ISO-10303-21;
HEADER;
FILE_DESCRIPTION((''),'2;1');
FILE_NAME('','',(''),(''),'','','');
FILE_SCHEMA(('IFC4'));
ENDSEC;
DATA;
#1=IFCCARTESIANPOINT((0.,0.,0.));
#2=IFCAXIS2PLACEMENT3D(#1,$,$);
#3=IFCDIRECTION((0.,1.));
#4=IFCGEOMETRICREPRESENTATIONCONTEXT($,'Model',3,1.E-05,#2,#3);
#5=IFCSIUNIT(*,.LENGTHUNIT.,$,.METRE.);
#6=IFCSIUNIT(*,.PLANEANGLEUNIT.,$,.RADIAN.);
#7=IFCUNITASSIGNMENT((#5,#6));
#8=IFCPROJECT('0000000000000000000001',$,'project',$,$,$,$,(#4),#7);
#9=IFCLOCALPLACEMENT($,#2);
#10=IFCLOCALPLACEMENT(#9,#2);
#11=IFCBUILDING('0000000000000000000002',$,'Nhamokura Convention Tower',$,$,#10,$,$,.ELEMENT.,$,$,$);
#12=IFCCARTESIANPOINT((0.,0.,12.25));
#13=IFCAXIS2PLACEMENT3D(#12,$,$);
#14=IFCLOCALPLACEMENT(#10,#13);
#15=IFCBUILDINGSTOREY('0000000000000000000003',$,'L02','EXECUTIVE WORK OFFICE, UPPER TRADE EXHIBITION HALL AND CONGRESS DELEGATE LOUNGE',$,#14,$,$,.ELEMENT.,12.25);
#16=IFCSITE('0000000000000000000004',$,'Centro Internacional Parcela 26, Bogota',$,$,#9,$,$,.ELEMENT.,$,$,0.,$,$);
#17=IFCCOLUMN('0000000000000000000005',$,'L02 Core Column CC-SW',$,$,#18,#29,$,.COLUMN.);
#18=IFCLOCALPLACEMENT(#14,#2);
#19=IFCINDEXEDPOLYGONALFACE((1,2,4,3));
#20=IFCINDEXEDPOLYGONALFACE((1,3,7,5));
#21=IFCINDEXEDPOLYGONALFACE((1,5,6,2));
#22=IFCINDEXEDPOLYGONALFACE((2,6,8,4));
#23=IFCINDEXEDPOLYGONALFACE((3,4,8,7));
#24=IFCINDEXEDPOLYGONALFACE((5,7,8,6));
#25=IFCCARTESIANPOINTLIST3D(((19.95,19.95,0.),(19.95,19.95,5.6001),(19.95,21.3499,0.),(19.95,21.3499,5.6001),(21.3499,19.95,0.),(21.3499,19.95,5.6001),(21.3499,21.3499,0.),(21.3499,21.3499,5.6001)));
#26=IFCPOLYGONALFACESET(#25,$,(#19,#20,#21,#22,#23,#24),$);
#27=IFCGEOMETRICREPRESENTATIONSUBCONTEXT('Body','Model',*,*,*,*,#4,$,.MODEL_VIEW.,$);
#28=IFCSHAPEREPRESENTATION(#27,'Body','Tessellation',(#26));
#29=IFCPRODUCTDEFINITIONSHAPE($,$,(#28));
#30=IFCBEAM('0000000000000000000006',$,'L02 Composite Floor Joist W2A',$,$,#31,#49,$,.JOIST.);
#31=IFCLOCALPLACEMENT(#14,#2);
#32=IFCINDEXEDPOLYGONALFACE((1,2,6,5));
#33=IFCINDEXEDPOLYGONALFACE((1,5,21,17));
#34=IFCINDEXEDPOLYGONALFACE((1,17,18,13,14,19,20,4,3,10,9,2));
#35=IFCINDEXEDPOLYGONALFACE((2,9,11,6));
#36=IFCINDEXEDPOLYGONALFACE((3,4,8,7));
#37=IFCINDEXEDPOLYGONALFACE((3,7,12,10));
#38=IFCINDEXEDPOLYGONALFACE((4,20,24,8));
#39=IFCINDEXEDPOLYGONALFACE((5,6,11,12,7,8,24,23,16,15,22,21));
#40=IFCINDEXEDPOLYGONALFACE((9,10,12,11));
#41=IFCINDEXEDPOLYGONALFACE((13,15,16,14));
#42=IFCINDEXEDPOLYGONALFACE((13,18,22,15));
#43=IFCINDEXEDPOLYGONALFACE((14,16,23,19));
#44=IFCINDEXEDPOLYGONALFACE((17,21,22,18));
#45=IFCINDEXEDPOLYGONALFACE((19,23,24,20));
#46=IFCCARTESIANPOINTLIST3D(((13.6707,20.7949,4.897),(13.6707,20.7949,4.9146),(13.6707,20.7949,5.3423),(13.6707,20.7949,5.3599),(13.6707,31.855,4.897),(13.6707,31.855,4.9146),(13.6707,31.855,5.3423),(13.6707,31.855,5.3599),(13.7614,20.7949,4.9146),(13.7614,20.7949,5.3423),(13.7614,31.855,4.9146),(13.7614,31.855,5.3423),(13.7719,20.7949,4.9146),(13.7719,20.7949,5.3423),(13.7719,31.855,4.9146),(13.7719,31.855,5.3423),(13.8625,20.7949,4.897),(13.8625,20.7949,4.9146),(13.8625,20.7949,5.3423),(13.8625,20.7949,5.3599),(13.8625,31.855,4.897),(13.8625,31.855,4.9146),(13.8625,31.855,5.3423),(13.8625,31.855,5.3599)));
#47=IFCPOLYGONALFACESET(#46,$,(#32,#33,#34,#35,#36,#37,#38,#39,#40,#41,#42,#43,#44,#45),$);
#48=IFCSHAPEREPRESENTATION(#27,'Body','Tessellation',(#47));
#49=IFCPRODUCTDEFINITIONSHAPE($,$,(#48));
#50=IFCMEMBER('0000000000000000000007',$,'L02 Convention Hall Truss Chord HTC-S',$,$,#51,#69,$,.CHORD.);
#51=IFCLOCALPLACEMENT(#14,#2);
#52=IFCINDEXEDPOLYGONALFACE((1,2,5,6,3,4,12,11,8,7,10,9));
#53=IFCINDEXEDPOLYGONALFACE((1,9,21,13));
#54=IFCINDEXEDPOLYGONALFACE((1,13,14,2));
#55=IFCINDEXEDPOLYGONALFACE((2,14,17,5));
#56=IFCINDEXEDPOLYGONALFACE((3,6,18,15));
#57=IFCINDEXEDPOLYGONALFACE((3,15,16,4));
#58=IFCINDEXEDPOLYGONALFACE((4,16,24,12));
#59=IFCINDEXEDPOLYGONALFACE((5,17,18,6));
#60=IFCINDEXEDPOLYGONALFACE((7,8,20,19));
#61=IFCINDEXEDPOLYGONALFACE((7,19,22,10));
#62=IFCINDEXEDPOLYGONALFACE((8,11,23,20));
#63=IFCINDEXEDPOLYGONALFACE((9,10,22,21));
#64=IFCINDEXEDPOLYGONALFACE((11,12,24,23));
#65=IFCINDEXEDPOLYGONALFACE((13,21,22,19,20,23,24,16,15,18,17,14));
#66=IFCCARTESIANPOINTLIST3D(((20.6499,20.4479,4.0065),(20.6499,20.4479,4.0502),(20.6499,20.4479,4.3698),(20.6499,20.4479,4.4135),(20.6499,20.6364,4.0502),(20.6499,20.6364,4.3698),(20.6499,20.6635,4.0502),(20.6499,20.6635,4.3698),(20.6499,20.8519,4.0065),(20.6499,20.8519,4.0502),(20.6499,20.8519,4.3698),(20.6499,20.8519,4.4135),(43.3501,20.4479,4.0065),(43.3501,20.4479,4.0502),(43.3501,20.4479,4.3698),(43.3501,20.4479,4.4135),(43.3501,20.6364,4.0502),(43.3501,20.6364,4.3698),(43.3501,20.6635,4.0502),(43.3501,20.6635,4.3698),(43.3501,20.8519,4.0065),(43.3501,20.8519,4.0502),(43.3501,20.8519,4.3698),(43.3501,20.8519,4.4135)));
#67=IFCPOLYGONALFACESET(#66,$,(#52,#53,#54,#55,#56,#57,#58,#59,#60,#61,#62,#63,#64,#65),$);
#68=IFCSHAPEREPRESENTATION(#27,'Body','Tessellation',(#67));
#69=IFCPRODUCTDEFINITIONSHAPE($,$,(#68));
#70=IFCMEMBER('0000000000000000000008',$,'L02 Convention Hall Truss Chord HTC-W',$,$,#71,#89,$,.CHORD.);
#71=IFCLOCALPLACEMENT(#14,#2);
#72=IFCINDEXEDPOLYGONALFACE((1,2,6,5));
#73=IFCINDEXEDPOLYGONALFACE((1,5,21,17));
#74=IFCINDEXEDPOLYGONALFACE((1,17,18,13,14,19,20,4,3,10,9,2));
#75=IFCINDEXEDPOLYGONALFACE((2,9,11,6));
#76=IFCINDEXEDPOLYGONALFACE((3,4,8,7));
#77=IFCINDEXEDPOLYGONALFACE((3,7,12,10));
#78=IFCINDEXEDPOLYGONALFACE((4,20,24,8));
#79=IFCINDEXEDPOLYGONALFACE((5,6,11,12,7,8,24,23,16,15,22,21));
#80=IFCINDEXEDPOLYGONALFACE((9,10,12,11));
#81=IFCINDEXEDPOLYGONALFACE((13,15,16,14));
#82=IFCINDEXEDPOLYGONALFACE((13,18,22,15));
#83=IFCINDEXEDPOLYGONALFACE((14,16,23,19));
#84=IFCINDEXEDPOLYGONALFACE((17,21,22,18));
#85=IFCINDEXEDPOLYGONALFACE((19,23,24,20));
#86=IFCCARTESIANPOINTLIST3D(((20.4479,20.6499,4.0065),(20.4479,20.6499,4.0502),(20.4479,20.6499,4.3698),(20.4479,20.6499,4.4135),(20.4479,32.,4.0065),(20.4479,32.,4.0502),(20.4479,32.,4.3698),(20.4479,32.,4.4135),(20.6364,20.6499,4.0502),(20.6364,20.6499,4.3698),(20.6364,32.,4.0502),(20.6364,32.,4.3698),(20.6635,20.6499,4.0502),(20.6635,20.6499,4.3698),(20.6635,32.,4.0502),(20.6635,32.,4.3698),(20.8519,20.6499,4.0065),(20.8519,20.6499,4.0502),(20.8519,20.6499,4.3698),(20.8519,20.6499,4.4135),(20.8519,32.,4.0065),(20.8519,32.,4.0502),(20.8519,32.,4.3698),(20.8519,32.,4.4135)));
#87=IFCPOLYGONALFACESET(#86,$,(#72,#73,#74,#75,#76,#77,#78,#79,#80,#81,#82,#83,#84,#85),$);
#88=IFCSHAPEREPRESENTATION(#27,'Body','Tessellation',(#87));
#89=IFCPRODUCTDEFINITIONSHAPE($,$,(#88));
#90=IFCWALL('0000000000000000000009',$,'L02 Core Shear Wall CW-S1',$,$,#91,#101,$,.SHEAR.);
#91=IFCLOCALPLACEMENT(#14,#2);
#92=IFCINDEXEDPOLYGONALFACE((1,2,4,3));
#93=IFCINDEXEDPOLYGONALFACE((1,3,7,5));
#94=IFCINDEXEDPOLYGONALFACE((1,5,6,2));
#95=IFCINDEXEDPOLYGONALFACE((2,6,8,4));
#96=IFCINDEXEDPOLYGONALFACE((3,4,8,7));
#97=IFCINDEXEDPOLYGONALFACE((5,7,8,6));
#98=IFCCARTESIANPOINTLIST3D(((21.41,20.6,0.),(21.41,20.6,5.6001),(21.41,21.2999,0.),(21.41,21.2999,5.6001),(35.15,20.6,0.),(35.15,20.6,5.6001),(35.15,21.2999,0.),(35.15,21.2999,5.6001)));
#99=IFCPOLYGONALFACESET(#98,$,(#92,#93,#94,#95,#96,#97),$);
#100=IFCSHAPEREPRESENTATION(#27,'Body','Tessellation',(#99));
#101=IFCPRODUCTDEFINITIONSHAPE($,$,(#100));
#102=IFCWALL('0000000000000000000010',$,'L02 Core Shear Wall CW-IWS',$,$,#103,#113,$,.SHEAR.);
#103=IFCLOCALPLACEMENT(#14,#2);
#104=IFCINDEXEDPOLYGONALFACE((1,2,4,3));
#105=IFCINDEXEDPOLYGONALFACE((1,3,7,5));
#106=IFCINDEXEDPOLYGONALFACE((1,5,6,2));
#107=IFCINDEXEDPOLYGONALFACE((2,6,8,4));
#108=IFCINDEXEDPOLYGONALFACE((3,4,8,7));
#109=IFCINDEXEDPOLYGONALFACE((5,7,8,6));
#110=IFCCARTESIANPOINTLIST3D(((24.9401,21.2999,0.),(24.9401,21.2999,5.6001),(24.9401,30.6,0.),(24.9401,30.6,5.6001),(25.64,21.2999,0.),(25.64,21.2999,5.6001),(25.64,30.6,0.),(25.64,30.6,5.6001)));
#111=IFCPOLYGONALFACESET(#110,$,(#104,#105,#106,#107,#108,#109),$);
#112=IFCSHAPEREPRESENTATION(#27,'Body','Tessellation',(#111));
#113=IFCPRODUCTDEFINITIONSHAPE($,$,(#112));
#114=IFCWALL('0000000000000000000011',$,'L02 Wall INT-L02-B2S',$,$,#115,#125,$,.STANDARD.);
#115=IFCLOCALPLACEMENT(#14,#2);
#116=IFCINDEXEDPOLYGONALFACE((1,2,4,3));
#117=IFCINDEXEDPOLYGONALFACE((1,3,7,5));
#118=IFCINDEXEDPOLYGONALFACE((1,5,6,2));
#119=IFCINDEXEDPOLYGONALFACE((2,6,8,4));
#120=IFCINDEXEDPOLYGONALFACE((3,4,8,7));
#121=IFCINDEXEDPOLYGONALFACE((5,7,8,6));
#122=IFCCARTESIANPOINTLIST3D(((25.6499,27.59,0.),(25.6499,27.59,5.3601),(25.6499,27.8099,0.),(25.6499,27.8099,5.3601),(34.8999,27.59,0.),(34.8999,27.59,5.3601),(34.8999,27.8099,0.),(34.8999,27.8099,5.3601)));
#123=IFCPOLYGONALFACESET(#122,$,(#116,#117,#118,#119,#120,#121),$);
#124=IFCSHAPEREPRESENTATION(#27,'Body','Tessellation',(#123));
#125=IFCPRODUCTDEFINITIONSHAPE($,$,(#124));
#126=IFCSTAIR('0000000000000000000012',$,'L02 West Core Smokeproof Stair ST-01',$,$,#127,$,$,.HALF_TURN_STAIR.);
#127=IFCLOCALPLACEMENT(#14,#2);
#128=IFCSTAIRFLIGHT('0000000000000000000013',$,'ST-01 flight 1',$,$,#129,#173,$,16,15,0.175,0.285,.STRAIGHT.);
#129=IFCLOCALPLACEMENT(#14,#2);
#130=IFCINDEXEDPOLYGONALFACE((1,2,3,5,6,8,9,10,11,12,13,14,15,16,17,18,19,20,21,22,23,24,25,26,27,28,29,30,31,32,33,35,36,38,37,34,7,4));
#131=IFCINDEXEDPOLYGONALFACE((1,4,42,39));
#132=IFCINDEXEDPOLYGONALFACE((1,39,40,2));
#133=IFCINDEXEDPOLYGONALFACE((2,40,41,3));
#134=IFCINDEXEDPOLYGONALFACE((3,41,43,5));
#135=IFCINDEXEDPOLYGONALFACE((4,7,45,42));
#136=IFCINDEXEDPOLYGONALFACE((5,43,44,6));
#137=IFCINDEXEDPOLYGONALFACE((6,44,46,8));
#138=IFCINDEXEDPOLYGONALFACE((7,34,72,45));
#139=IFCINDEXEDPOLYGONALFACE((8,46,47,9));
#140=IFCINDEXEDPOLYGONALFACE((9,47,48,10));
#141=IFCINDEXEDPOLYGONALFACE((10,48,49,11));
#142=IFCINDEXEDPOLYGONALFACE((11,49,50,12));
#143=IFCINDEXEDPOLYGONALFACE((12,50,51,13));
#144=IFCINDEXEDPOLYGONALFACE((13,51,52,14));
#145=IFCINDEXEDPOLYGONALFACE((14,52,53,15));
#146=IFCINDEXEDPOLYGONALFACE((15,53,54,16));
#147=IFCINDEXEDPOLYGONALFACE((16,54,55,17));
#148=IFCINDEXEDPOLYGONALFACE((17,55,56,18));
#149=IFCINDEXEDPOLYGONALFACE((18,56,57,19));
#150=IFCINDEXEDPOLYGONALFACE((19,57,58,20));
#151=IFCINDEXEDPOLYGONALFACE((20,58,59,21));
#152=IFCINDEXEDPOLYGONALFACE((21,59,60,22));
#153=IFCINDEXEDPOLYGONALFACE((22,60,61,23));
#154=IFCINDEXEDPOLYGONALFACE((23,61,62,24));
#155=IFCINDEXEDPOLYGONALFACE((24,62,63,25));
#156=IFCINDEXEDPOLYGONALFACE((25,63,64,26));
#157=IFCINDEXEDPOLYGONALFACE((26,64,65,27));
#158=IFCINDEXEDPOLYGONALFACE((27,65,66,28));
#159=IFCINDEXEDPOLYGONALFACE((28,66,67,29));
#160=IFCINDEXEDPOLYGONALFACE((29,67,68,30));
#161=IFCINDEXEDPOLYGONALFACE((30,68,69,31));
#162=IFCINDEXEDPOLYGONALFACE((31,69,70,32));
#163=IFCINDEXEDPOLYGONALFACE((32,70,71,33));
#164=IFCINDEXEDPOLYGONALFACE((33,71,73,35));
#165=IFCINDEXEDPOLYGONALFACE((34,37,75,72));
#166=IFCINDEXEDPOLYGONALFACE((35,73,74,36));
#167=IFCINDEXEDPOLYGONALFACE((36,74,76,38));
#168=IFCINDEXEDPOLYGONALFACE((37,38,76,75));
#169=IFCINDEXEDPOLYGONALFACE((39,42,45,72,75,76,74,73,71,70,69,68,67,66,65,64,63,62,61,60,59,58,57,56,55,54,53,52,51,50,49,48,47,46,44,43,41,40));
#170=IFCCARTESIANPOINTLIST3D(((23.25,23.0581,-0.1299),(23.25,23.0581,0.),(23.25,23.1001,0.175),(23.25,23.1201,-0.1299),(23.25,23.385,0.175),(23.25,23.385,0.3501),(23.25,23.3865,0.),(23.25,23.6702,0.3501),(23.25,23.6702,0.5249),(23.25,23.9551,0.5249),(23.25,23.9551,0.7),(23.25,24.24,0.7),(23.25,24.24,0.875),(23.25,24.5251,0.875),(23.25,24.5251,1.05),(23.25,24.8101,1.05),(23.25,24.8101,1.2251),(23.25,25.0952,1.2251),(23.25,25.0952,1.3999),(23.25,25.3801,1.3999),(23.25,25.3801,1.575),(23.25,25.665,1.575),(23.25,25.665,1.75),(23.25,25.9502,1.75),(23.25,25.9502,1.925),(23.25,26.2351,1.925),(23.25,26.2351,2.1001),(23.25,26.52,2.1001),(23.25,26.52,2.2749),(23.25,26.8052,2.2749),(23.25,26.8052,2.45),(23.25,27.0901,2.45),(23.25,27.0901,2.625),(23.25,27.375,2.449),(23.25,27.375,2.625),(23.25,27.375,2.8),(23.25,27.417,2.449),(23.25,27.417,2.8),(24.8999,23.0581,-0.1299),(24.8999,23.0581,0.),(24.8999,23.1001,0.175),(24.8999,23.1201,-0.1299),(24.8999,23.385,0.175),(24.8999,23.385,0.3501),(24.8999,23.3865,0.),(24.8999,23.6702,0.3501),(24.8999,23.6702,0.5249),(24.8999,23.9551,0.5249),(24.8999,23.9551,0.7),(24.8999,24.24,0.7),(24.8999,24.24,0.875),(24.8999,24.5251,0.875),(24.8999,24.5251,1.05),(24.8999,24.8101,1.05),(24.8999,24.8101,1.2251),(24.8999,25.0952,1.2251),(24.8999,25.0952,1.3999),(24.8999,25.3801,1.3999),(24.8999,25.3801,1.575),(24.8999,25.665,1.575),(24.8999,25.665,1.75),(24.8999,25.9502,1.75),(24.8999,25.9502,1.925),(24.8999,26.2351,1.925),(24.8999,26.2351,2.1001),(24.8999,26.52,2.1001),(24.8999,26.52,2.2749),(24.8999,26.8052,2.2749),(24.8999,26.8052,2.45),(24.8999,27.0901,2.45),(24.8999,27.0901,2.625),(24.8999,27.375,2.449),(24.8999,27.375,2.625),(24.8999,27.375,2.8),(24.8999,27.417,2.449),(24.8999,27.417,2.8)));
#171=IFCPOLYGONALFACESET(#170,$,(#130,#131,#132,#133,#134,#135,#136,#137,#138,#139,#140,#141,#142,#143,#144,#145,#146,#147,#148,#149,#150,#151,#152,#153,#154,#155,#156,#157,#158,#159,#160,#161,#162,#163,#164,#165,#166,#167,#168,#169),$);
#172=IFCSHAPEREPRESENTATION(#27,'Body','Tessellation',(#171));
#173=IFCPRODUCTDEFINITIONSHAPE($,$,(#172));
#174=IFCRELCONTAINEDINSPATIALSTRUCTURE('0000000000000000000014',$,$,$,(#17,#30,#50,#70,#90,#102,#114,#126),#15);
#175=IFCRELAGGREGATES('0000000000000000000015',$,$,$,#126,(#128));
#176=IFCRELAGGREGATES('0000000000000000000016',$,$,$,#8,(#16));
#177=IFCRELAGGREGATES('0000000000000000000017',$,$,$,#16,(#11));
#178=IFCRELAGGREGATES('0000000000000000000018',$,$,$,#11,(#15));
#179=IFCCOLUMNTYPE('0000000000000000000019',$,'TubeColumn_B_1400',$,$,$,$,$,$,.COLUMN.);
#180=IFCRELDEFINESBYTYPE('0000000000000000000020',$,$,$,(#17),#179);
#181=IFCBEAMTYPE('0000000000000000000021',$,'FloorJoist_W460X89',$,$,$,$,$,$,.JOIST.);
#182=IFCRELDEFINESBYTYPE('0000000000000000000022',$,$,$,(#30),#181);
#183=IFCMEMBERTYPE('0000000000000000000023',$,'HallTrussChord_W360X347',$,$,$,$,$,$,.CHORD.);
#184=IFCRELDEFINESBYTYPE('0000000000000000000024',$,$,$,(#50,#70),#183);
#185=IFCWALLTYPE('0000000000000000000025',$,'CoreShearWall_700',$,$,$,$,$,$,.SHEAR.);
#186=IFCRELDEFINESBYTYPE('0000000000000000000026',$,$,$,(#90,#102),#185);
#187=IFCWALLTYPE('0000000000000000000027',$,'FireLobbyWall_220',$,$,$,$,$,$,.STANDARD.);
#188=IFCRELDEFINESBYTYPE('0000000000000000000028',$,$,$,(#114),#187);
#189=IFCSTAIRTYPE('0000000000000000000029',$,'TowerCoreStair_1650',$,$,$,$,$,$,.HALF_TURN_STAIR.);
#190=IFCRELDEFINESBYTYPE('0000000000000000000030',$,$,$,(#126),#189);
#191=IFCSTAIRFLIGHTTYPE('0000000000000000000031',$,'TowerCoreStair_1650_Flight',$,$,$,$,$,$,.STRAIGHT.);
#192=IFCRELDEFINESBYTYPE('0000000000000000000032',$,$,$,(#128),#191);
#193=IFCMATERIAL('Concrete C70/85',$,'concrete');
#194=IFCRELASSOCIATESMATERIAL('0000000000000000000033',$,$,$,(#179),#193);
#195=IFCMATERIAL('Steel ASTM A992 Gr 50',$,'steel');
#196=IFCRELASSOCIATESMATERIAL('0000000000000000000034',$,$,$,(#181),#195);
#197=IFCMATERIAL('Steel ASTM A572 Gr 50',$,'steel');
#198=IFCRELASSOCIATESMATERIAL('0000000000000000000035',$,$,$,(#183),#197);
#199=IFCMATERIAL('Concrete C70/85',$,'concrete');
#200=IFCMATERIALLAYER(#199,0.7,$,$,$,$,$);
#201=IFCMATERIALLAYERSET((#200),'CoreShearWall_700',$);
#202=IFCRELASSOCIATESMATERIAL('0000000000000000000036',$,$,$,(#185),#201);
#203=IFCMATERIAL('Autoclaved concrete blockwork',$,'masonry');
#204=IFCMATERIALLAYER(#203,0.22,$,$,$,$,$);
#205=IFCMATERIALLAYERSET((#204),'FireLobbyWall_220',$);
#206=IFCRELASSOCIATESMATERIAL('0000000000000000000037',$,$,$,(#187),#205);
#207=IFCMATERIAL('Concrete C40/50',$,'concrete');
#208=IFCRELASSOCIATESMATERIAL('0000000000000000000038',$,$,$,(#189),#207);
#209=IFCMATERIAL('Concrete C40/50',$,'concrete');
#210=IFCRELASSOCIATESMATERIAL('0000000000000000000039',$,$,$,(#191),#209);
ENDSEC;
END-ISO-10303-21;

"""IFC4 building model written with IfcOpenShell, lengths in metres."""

from ifc_helpers import new_model, si_unit, direction, frame, frame_2d, origin, origin_2d, place, context, subcontext, project, spatial, polyline, rectangle, i_section, outline, extrude, material, layer, layer_set, material_profile, profile_set, type_object, element, aggregate, save


model = new_model("IFC4")

# Units and contexts
model_context = context("Model", 3, precision=1e-05, world=origin(), true_north=direction((0.0, 1.0)))
body_context = subcontext(model_context, "Body", "Model", "MODEL_VIEW")
ifc_project = project(units=[si_unit("LENGTHUNIT", "METRE"), si_unit("PLANEANGLEUNIT", "RADIAN")], contexts=[model_context])

# Site, building, storey
site_placement = place(None, origin())
site = spatial("IfcSite", under=ifc_project, at=site_placement, Name="Centro Internacional Parcela 26, Bogota", CompositionType="ELEMENT", RefElevation=0.0)
building_placement = place(site_placement, origin())
building = spatial("IfcBuilding", under=site, at=building_placement, Name="Nhamokura Convention Tower", CompositionType="ELEMENT")
storey_placement = place(building_placement, frame((0.0, 0.0, 12.25)))
storey = spatial("IfcBuildingStorey", under=building, at=storey_placement, Name="L02", Description="EXECUTIVE WORK OFFICE, UPPER TRADE EXHIBITION HALL AND CONGRESS DELEGATE LOUNGE", CompositionType="ELEMENT", Elevation=12.25)

# Column
ifc_material_1 = material(Name="Concrete C70/85", Category="concrete")
ifc_material_profile_1 = material_profile(ifc_material_1, rectangle(XDim=1.3999, YDim=1.3999, at=origin_2d()))
ifc_profile_set_1 = profile_set([ifc_material_profile_1], Name="Concrete C70/85")
column_type = type_object("IfcColumnType", Name="TubeColumn_B_1400", PredefinedType="COLUMN", material=ifc_profile_set_1)
column_placement = place(storey_placement, frame((20.6499, 20.6499, 0.0), z_axis=(0.0, 0.0, 1.0), x_axis=(1.0, 0.0, 0.0)))
element("IfcColumn", 1, at=column_placement, inside=storey, type_object=column_type, Name="L02 Core Column CC-SW", PredefinedType="COLUMN", context=body_context, shape_type="SweptSolid", body=[
    extrude(rectangle(XDim=1.3999, YDim=1.3999, at=origin_2d()), origin(), (0.0, 0.0, 1.0), 5.6001),
])

# Beam
ifc_material_2 = material(Name="Steel ASTM A992 Gr 50", Category="steel")
ifc_material_profile_2 = material_profile(ifc_material_2, i_section(OverallWidth=0.1919, OverallDepth=0.4629, WebThickness=0.0105, FlangeThickness=0.0176, at=origin_2d()))
ifc_profile_set_2 = profile_set([ifc_material_profile_2], Name="Steel ASTM A992 Gr 50")
beam_type = type_object("IfcBeamType", Name="FloorJoist_W460X89", PredefinedType="JOIST", material=ifc_profile_set_2)
beam_placement = place(storey_placement, frame((13.7666, 20.7949, 5.1284), z_axis=(0.0, 1.0, 0.0), x_axis=(-1.0, 0.0, 0.0)))
element("IfcBeam", 2, at=beam_placement, inside=storey, type_object=beam_type, Name="L02 Composite Floor Joist W2A", PredefinedType="JOIST", context=body_context, shape_type="SweptSolid", body=[
    extrude(i_section(OverallWidth=0.1919, OverallDepth=0.4629, WebThickness=0.0105, FlangeThickness=0.0176, at=origin_2d()), origin(), (0.0, 0.0, 1.0), 11.0601),
])

# Members
ifc_material_3 = material(Name="Steel ASTM A572 Gr 50", Category="steel")
ifc_material_profile_3 = material_profile(ifc_material_3, i_section(OverallWidth=0.4041, OverallDepth=0.407, WebThickness=0.0271, FlangeThickness=0.0437, at=origin_2d()))
ifc_profile_set_3 = profile_set([ifc_material_profile_3], Name="Steel ASTM A572 Gr 50")
member_type = type_object("IfcMemberType", Name="HallTrussChord_W360X347", PredefinedType="CHORD", material=ifc_profile_set_3)
member_1_placement = place(storey_placement, frame((20.6499, 20.6499, 4.21), z_axis=(1.0, 0.0, 0.0), x_axis=(0.0, 1.0, 0.0)))
element("IfcMember", 3, at=member_1_placement, inside=storey, type_object=member_type, Name="L02 Convention Hall Truss Chord HTC-S", PredefinedType="CHORD", context=body_context, shape_type="SweptSolid", body=[
    extrude(i_section(OverallWidth=0.4041, OverallDepth=0.407, WebThickness=0.0271, FlangeThickness=0.0437, at=origin_2d()), origin(), (0.0, 0.0, 1.0), 22.7002),
])
member_2_placement = place(storey_placement, frame((20.6499, 20.6499, 4.21), z_axis=(0.0, 1.0, 0.0), x_axis=(-1.0, 0.0, 0.0)))
element("IfcMember", 4, at=member_2_placement, inside=storey, type_object=member_type, Name="L02 Convention Hall Truss Chord HTC-W", PredefinedType="CHORD", context=body_context, shape_type="SweptSolid", body=[
    extrude(i_section(OverallWidth=0.4041, OverallDepth=0.407, WebThickness=0.0271, FlangeThickness=0.0437, at=origin_2d()), origin(), (0.0, 0.0, 1.0), 11.3501),
])

# Shared definitions
ifc_material_4 = material(Name="Concrete C70/85", Category="concrete")
ifc_layer_1 = layer(ifc_material_4, 0.7)
ifc_layer_set_1 = layer_set([ifc_layer_1], Name="CoreShearWall_700")
wall_type_1 = type_object("IfcWallType", Name="CoreShearWall_700", PredefinedType="SHEAR", material=ifc_layer_set_1)

# Walls
wall_1_placement = place(storey_placement, frame((21.4099, 20.95, 0.0), z_axis=(0.0, 0.0, 1.0), x_axis=(1.0, 0.0, 0.0)))
element("IfcWall", 5, at=wall_1_placement, inside=storey, type_object=wall_type_1, Name="L02 Core Shear Wall CW-S1", PredefinedType="SHEAR", context=body_context, shape_type="SweptSolid", body=[
    extrude(rectangle(XDim=13.74, YDim=0.7, at=frame_2d((6.8701, 0.0))), origin(), (0.0, 0.0, 1.0), 5.6001),
])
wall_2_placement = place(storey_placement, frame((25.29, 21.3, 0.0), z_axis=(0.0, 0.0, 1.0), x_axis=(0.0, 1.0, 0.0)))
element("IfcWall", 6, at=wall_2_placement, inside=storey, type_object=wall_type_1, Name="L02 Core Shear Wall CW-IWS", PredefinedType="SHEAR", context=body_context, shape_type="SweptSolid", body=[
    extrude(rectangle(XDim=9.3, YDim=0.7, at=frame_2d((4.6499, 0.0))), origin(), (0.0, 0.0, 1.0), 5.6001),
])

# Shared definitions
ifc_material_5 = material(Name="Autoclaved concrete blockwork", Category="masonry")
ifc_layer_2 = layer(ifc_material_5, 0.22)
ifc_layer_set_2 = layer_set([ifc_layer_2], Name="FireLobbyWall_220")
wall_type_2 = type_object("IfcWallType", Name="FireLobbyWall_220", PredefinedType="STANDARD", material=ifc_layer_set_2)

# Wall
wall_3_placement = place(storey_placement, frame((25.6499, 27.7, 0.0), z_axis=(0.0, 0.0, 1.0), x_axis=(1.0, 0.0, 0.0)))
element("IfcWall", 7, at=wall_3_placement, inside=storey, type_object=wall_type_2, Name="L02 Wall INT-L02-B2S", PredefinedType="STANDARD", context=body_context, shape_type="SweptSolid", body=[
    extrude(rectangle(XDim=9.25, YDim=0.22, at=frame_2d((4.625, 0.0))), origin(), (0.0, 0.0, 1.0), 5.3601),
])

# Stair, stair flight
ifc_material_6 = material(Name="Concrete C40/50", Category="concrete")
stair_type = type_object("IfcStairType", Name="TowerCoreStair_1650", PredefinedType="HALF_TURN_STAIR", material=ifc_material_6)
stair_placement = place(storey_placement, origin())
stair = element("IfcStair", 8, at=stair_placement, inside=storey, type_object=stair_type, Name="L02 West Core Smokeproof Stair ST-01", PredefinedType="HALF_TURN_STAIR")
ifc_material_7 = material(Name="Concrete C40/50", Category="concrete")
stair_flight_type = type_object("IfcStairFlightType", Name="TowerCoreStair_1650_Flight", PredefinedType="STRAIGHT", material=ifc_material_7)
stair_flight_1_placement = place(storey_placement, frame((24.075, 23.1001, 0.0), z_axis=(0.0, 0.0, 1.0), x_axis=(0.0, 1.0, 0.0)))
stair_flight_1 = element("IfcStairFlight", 9, at=stair_flight_1_placement, type_object=stair_flight_type, Name="ST-01 flight 1", NumberOfRisers=16, NumberOfTreads=15, PredefinedType="STRAIGHT", RiserHeight=0.175, TreadLength=0.285, context=body_context, shape_type="SweptSolid", body=[
    extrude(outline(polyline([(-0.042, 0.0), (0.0, 0.175), (0.2849, 0.175), (0.2849, 0.3501), (0.5701, 0.3501), (0.5701, 0.5249), (0.855, 0.5249), (0.855, 0.7), (1.1399, 0.7), (1.1399, 0.875), (1.425, 0.875), (1.425, 1.05), (1.71, 1.05), (1.71, 1.2251), (1.9951, 1.2251), (1.9951, 1.3999), (2.28, 1.3999), (2.28, 1.575), (2.5649, 1.575), (2.5649, 1.75), (2.8501, 1.75), (2.8501, 1.925), (3.135, 1.925), (3.135, 2.1001), (3.4199, 2.1001), (3.4199, 2.2749), (3.7051, 2.2749), (3.7051, 2.45), (3.99, 2.45), (3.99, 2.625), (4.2749, 2.625), (4.2749, 2.8), (4.3169, 2.8), (4.3169, 2.449), (4.2749, 2.449), (0.2864, 0.0), (0.02, -0.1299), (-0.042, -0.1299), (-0.042, 0.0)])), frame((0.0, 0.825, 0.0), z_axis=(0.0, -1.0, 0.0), x_axis=(1.0, 0.0, 0.0)), (0.0, 0.0, 1.0), 1.6499),
])
aggregate(stair, [stair_flight_1])

save(model, "model.ifc")
